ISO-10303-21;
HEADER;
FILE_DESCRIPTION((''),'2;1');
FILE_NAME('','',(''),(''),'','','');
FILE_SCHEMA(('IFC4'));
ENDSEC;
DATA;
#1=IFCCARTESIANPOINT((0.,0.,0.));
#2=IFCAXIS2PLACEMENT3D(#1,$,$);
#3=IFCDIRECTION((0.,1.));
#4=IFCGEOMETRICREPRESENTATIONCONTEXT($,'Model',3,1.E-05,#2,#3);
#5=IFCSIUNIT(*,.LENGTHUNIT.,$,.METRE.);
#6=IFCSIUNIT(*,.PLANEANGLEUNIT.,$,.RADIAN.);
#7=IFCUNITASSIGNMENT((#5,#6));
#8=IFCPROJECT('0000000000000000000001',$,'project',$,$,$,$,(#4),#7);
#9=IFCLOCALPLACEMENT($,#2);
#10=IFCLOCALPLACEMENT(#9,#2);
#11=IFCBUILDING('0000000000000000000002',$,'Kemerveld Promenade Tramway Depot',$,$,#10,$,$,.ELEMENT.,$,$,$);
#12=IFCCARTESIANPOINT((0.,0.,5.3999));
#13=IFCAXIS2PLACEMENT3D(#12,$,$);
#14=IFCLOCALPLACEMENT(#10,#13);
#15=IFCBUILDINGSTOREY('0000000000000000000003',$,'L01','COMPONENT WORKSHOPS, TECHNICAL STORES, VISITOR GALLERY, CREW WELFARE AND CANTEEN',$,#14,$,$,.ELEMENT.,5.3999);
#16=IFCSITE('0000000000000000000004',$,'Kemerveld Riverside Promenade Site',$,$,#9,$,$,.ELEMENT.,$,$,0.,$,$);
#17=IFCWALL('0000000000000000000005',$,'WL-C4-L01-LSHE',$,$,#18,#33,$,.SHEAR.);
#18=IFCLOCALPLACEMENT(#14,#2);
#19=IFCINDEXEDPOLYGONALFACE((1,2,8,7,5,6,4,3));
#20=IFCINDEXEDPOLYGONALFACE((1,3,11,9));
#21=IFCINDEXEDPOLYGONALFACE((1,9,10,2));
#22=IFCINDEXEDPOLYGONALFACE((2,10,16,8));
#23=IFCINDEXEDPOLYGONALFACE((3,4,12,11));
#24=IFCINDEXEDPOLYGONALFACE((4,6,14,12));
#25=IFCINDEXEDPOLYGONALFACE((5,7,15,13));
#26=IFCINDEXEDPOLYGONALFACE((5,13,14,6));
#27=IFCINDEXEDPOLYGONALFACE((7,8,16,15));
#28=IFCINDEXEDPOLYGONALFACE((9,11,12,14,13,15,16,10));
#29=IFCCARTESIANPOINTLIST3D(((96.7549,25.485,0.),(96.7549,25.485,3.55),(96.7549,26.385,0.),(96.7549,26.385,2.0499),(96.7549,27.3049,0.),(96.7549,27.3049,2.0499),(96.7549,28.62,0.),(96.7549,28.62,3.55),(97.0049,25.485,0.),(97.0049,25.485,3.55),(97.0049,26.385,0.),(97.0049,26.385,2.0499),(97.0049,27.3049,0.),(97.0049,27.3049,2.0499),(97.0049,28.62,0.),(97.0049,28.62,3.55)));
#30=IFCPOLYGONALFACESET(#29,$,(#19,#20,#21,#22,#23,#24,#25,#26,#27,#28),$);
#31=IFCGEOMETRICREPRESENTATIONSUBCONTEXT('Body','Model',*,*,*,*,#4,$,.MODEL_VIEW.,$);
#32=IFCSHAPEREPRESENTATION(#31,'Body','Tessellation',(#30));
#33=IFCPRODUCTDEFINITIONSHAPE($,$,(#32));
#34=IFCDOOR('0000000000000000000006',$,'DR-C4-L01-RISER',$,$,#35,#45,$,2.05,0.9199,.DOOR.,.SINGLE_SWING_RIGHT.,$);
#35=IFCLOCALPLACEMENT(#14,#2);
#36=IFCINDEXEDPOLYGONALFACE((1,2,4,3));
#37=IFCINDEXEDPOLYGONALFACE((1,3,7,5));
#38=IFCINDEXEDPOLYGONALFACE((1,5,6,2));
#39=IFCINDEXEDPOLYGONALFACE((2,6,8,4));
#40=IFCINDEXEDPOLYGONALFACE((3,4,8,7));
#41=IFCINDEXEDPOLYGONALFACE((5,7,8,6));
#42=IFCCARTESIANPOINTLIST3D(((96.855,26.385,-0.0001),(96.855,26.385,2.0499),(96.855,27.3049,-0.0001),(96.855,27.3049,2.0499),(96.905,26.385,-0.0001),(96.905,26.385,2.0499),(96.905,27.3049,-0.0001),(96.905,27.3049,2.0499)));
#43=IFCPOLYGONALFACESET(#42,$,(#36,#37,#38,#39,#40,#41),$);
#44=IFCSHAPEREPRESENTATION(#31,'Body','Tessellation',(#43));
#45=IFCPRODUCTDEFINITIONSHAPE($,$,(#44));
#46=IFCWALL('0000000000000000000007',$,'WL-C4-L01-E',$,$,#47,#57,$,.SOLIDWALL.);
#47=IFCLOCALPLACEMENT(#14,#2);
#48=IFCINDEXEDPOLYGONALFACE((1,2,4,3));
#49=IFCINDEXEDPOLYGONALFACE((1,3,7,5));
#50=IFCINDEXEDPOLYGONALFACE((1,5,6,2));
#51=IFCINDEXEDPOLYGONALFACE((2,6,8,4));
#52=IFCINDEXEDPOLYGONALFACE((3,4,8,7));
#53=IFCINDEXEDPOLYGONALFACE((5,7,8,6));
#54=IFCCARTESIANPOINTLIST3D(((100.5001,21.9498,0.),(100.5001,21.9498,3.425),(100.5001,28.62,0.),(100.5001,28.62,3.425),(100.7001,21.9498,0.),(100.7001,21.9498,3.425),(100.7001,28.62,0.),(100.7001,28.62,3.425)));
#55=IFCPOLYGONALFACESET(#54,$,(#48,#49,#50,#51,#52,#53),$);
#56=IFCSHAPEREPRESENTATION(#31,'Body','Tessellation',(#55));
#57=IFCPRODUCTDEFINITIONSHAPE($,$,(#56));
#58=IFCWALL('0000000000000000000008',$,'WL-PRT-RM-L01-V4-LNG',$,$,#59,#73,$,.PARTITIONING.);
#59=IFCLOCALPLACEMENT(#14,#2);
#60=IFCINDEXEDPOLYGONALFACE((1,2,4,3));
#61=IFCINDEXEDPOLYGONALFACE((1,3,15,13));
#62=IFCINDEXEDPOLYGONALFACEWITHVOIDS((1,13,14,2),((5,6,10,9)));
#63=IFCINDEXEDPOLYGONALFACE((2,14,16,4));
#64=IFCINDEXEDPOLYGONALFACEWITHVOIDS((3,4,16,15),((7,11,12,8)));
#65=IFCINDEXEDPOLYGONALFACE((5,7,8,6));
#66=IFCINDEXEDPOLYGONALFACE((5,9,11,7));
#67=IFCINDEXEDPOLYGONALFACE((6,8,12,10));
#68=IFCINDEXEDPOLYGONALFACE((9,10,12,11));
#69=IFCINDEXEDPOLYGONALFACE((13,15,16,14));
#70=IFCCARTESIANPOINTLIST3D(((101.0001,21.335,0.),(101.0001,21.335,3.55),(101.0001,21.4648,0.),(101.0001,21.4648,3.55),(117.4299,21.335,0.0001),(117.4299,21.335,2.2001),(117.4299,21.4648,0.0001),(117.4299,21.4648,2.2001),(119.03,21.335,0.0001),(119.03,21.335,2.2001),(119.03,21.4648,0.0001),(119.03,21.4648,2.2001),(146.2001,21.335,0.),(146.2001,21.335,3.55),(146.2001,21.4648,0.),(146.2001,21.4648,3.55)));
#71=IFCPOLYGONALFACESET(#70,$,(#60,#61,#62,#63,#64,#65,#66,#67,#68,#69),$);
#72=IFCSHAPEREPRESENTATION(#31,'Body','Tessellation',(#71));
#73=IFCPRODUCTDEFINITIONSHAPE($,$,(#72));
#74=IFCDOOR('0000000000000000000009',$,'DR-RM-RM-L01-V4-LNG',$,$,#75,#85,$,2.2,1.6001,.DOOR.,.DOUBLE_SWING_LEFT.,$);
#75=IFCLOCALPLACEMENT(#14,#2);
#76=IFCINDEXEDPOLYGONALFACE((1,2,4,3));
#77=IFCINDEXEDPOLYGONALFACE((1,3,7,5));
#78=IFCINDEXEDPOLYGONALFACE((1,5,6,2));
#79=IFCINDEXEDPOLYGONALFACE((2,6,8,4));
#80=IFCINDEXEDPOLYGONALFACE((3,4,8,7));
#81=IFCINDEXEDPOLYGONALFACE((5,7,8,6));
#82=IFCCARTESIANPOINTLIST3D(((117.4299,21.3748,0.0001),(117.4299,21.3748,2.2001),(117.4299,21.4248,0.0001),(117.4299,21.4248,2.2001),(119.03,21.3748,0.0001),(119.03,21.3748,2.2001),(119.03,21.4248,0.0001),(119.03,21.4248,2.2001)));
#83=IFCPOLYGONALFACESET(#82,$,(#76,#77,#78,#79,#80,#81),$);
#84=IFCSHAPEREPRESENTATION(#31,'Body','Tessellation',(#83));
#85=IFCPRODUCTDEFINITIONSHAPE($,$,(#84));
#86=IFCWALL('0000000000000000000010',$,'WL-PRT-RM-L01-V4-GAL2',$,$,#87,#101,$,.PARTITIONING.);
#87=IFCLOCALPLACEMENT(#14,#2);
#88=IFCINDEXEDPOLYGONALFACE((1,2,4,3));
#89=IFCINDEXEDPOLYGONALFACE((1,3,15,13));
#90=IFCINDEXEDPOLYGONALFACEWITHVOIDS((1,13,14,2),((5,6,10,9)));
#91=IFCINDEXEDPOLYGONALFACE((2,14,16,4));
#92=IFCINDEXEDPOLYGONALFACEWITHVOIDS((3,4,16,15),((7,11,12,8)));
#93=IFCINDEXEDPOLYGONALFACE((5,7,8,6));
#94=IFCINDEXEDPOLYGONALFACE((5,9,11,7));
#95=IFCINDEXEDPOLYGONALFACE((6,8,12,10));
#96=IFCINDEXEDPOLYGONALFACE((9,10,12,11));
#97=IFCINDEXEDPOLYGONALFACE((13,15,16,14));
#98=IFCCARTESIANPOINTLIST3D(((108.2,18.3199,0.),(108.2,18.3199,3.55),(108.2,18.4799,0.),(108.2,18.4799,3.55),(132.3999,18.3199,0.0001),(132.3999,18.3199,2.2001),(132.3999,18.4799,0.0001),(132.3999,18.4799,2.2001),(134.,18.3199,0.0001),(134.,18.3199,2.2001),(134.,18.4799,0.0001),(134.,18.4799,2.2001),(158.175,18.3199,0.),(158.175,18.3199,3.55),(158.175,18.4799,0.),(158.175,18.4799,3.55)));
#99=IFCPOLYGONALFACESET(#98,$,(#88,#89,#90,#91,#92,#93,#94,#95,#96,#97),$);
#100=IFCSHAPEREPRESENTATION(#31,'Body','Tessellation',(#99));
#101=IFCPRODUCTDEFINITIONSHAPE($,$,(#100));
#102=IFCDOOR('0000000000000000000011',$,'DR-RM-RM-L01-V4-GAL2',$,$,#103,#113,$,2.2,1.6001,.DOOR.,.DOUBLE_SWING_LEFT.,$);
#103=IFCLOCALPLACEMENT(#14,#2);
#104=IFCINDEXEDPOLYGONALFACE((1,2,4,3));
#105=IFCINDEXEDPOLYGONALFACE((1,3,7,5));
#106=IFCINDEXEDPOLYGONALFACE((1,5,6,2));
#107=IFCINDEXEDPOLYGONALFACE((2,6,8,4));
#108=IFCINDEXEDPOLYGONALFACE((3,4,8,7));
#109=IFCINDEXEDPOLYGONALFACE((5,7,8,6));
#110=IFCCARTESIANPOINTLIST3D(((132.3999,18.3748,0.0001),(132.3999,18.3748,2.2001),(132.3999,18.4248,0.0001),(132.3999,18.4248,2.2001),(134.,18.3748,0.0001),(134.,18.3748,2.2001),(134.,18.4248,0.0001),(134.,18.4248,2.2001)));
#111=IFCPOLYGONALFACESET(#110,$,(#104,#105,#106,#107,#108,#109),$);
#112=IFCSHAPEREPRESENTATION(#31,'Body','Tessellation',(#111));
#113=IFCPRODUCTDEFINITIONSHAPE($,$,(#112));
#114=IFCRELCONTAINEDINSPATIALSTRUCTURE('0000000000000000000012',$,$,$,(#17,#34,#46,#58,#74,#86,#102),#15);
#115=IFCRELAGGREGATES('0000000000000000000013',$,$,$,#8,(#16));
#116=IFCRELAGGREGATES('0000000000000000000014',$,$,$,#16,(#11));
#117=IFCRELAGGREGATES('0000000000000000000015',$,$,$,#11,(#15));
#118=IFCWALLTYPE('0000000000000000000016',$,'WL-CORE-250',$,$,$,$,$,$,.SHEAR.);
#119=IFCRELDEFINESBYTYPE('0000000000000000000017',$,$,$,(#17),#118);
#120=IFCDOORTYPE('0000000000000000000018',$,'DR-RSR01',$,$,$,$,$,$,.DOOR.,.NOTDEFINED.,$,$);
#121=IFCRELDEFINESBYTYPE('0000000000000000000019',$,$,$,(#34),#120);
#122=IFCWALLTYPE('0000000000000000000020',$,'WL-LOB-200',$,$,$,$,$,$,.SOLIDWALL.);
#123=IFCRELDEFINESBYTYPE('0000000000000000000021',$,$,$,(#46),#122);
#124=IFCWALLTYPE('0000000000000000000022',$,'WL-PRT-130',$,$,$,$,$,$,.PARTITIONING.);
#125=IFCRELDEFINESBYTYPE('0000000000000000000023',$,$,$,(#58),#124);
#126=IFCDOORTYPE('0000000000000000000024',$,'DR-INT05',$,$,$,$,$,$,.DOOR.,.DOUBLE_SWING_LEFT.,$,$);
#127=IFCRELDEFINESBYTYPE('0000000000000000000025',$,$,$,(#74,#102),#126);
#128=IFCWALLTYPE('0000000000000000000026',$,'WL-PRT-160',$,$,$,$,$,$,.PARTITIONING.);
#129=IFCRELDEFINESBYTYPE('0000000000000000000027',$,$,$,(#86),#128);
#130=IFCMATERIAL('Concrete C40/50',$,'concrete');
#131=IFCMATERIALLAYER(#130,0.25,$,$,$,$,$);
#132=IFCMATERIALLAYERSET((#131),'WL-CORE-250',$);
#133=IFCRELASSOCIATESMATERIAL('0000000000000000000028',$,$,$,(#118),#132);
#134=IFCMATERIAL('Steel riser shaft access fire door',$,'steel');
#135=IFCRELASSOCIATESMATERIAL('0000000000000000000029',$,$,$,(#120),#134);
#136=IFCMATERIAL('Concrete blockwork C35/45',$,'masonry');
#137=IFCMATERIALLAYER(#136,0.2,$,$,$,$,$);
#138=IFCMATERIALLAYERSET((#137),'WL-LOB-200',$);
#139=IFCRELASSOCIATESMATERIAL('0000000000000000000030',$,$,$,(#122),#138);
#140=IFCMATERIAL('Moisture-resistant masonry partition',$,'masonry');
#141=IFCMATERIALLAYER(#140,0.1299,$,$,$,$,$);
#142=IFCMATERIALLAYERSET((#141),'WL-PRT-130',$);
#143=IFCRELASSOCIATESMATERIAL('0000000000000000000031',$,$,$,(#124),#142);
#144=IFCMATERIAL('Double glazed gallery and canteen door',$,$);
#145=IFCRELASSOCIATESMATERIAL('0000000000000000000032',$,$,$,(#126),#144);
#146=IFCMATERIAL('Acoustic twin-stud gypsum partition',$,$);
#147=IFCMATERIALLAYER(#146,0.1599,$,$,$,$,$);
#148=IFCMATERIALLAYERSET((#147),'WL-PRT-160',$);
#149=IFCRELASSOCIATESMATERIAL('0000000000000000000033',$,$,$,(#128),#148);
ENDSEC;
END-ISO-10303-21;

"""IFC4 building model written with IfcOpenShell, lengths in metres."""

from ifc_helpers import new_model, si_unit, direction, frame, frame_2d, origin, place, context, subcontext, project, spatial, rectangle, extrude, material, layer, layer_set, type_object, element, fill, save


model = new_model("IFC4")

# Units and contexts
model_context = context("Model", 3, precision=1e-05, world=origin(), true_north=direction((0.0, 1.0)))
body_context = subcontext(model_context, "Body", "Model", "MODEL_VIEW")
ifc_project = project(units=[si_unit("LENGTHUNIT", "METRE"), si_unit("PLANEANGLEUNIT", "RADIAN")], contexts=[model_context])

# Site, building, storey
site_placement = place(None, origin())
site = spatial("IfcSite", under=ifc_project, at=site_placement, Name="Kemerveld Riverside Promenade Site", CompositionType="ELEMENT", RefElevation=0.0)
building_placement = place(site_placement, origin())
building = spatial("IfcBuilding", under=site, at=building_placement, Name="Kemerveld Promenade Tramway Depot", CompositionType="ELEMENT")
storey_placement = place(building_placement, frame((0.0, 0.0, 5.3999)))
storey = spatial("IfcBuildingStorey", under=building, at=storey_placement, Name="L01", Description="COMPONENT WORKSHOPS, TECHNICAL STORES, VISITOR GALLERY, CREW WELFARE AND CANTEEN", CompositionType="ELEMENT", Elevation=5.3999)

# Shared definitions
ifc_material_1 = material(Name="Concrete C40/50", Category="concrete")

# Shared definitions
ifc_layer_1 = layer(ifc_material_1, 0.25)
ifc_layer_set_1 = layer_set([ifc_layer_1], Name="WL-CORE-250")
wall_type_1 = type_object("IfcWallType", Name="WL-CORE-250", PredefinedType="SHEAR", material=ifc_layer_set_1)

# Wall, opening, door
wall_1_placement = place(storey_placement, frame((96.8799, 25.4851, 0.0), z_axis=(0.0, 0.0, 1.0), x_axis=(0.0, 1.0, 0.0)))
wall_1 = element("IfcWall", 1, at=wall_1_placement, inside=storey, type_object=wall_type_1, Name="WL-C4-L01-LSHE", PredefinedType="SHEAR", context=body_context, shape_type="SweptSolid", body=[
    extrude(rectangle(XDim=3.135, YDim=0.25, at=frame_2d((1.5674, 0.0))), origin(), (0.0, 0.0, 1.0), 3.55),
])
opening_1_placement = place(wall_1_placement, frame((0.8999, 0.0, 0.0)))
opening_1 = element("IfcOpeningElement", 2, at=opening_1_placement, cuts=wall_1, PredefinedType="OPENING", context=body_context, shape_type="SweptSolid", body=[
    extrude(rectangle(XDim=0.9199, YDim=2.05, at=frame_2d((0.46, 1.0249))), frame((0.0, 0.135, 0.0), z_axis=(0.0, -1.0, 0.0), x_axis=(1.0, 0.0, 0.0)), (0.0, 0.0, 1.0), 0.27),
])
ifc_material_2 = material(Name="Steel riser shaft access fire door", Category="steel")
door_type_1 = type_object("IfcDoorType", Name="DR-RSR01", OperationType="NOTDEFINED", PredefinedType="DOOR", material=ifc_material_2)
door_1_placement = place(opening_1_placement, origin())
door_1 = element("IfcDoor", 3, at=door_1_placement, inside=storey, type_object=door_type_1, Name="DR-C4-L01-RISER", OperationType="SINGLE_SWING_RIGHT", OverallHeight=2.05, OverallWidth=0.9199, PredefinedType="DOOR", context=body_context, shape_type="SweptSolid", body=[
    extrude(rectangle(XDim=0.9199, YDim=2.05, at=frame_2d((0.46, 1.0249))), frame((0.0, 0.0249, 0.0), z_axis=(0.0, -1.0, 0.0), x_axis=(1.0, 0.0, 0.0)), (0.0, 0.0, 1.0), 0.05),
])
fill(opening_1, door_1)

# Wall
ifc_material_3 = material(Name="Concrete blockwork C35/45", Category="masonry")
ifc_layer_2 = layer(ifc_material_3, 0.2)
ifc_layer_set_2 = layer_set([ifc_layer_2], Name="WL-LOB-200")
wall_type_2 = type_object("IfcWallType", Name="WL-LOB-200", PredefinedType="SOLIDWALL", material=ifc_layer_set_2)
wall_2_placement = place(storey_placement, frame((100.6001, 21.95, 0.0), z_axis=(0.0, 0.0, 1.0), x_axis=(0.0, 1.0, 0.0)))
element("IfcWall", 4, at=wall_2_placement, inside=storey, type_object=wall_type_2, Name="WL-C4-L01-E", PredefinedType="SOLIDWALL", context=body_context, shape_type="SweptSolid", body=[
    extrude(rectangle(XDim=6.6702, YDim=0.2, at=frame_2d((3.335, 0.0))), origin(), (0.0, 0.0, 1.0), 3.425),
])

# Walls, openings, doors
ifc_material_4 = material(Name="Moisture-resistant masonry partition", Category="masonry")
ifc_layer_3 = layer(ifc_material_4, 0.1299)
ifc_layer_set_3 = layer_set([ifc_layer_3], Name="WL-PRT-130")
wall_type_3 = type_object("IfcWallType", Name="WL-PRT-130", PredefinedType="PARTITIONING", material=ifc_layer_set_3)
wall_3_placement = place(storey_placement, frame((101.0, 21.3999, 0.0), z_axis=(0.0, 0.0, 1.0), x_axis=(1.0, 0.0, 0.0)))
wall_3 = element("IfcWall", 5, at=wall_3_placement, inside=storey, type_object=wall_type_3, Name="WL-PRT-RM-L01-V4-LNG", PredefinedType="PARTITIONING", context=body_context, shape_type="SweptSolid", body=[
    extrude(rectangle(XDim=45.2, YDim=0.1299, at=frame_2d((22.6001, 0.0))), origin(), (0.0, 0.0, 1.0), 3.55),
])
opening_2_placement = place(wall_3_placement, frame((16.4299, 0.0, 0.0)))
opening_2 = element("IfcOpeningElement", 6, at=opening_2_placement, cuts=wall_3, PredefinedType="OPENING", context=body_context, shape_type="SweptSolid", body=[
    extrude(rectangle(XDim=1.6001, YDim=2.2, at=frame_2d((0.8, 1.1001))), frame((0.0, 0.075, 0.0), z_axis=(0.0, -1.0, 0.0), x_axis=(1.0, 0.0, 0.0)), (0.0, 0.0, 1.0), 0.1499),
])
ifc_material_5 = material(Name="Double glazed gallery and canteen door")
door_type_2 = type_object("IfcDoorType", Name="DR-INT05", OperationType="DOUBLE_SWING_LEFT", PredefinedType="DOOR", material=ifc_material_5)
door_2_placement = place(opening_2_placement, origin())
door_2 = element("IfcDoor", 7, at=door_2_placement, inside=storey, type_object=door_type_2, Name="DR-RM-RM-L01-V4-LNG", OperationType="DOUBLE_SWING_LEFT", OverallHeight=2.2, OverallWidth=1.6001, PredefinedType="DOOR", context=body_context, shape_type="SweptSolid", body=[
    extrude(rectangle(XDim=1.6001, YDim=2.2, at=frame_2d((0.8, 1.1001))), frame((0.0, 0.0249, 0.0), z_axis=(0.0, -1.0, 0.0), x_axis=(1.0, 0.0, 0.0)), (0.0, 0.0, 1.0), 0.05),
])
fill(opening_2, door_2)
ifc_material_6 = material(Name="Acoustic twin-stud gypsum partition")
ifc_layer_4 = layer(ifc_material_6, 0.1599)
ifc_layer_set_4 = layer_set([ifc_layer_4], Name="WL-PRT-160")
wall_type_4 = type_object("IfcWallType", Name="WL-PRT-160", PredefinedType="PARTITIONING", material=ifc_layer_set_4)
wall_4_placement = place(storey_placement, frame((108.2, 18.3999, 0.0), z_axis=(0.0, 0.0, 1.0), x_axis=(1.0, 0.0, 0.0)))
wall_4 = element("IfcWall", 8, at=wall_4_placement, inside=storey, type_object=wall_type_4, Name="WL-PRT-RM-L01-V4-GAL2", PredefinedType="PARTITIONING", context=body_context, shape_type="SweptSolid", body=[
    extrude(rectangle(XDim=49.9751, YDim=0.1599, at=frame_2d((24.9875, 0.0))), origin(), (0.0, 0.0, 1.0), 3.55),
])
opening_3_placement = place(wall_4_placement, frame((24.2, 0.0, 0.0)))
opening_3 = element("IfcOpeningElement", 9, at=opening_3_placement, cuts=wall_4, PredefinedType="OPENING", context=body_context, shape_type="SweptSolid", body=[
    extrude(rectangle(XDim=1.6001, YDim=2.2, at=frame_2d((0.8, 1.1001))), frame((0.0, 0.0898, 0.0), z_axis=(0.0, -1.0, 0.0), x_axis=(1.0, 0.0, 0.0)), (0.0, 0.0, 1.0), 0.1799),
])
door_3_placement = place(opening_3_placement, origin())
door_3 = element("IfcDoor", 10, at=door_3_placement, inside=storey, type_object=door_type_2, Name="DR-RM-RM-L01-V4-GAL2", OperationType="DOUBLE_SWING_LEFT", OverallHeight=2.2, OverallWidth=1.6001, PredefinedType="DOOR", context=body_context, shape_type="SweptSolid", body=[
    extrude(rectangle(XDim=1.6001, YDim=2.2, at=frame_2d((0.8, 1.1001))), frame((0.0, 0.0249, 0.0), z_axis=(0.0, -1.0, 0.0), x_axis=(1.0, 0.0, 0.0)), (0.0, 0.0, 1.0), 0.05),
])
fill(opening_3, door_3)

save(model, "model.ifc")
